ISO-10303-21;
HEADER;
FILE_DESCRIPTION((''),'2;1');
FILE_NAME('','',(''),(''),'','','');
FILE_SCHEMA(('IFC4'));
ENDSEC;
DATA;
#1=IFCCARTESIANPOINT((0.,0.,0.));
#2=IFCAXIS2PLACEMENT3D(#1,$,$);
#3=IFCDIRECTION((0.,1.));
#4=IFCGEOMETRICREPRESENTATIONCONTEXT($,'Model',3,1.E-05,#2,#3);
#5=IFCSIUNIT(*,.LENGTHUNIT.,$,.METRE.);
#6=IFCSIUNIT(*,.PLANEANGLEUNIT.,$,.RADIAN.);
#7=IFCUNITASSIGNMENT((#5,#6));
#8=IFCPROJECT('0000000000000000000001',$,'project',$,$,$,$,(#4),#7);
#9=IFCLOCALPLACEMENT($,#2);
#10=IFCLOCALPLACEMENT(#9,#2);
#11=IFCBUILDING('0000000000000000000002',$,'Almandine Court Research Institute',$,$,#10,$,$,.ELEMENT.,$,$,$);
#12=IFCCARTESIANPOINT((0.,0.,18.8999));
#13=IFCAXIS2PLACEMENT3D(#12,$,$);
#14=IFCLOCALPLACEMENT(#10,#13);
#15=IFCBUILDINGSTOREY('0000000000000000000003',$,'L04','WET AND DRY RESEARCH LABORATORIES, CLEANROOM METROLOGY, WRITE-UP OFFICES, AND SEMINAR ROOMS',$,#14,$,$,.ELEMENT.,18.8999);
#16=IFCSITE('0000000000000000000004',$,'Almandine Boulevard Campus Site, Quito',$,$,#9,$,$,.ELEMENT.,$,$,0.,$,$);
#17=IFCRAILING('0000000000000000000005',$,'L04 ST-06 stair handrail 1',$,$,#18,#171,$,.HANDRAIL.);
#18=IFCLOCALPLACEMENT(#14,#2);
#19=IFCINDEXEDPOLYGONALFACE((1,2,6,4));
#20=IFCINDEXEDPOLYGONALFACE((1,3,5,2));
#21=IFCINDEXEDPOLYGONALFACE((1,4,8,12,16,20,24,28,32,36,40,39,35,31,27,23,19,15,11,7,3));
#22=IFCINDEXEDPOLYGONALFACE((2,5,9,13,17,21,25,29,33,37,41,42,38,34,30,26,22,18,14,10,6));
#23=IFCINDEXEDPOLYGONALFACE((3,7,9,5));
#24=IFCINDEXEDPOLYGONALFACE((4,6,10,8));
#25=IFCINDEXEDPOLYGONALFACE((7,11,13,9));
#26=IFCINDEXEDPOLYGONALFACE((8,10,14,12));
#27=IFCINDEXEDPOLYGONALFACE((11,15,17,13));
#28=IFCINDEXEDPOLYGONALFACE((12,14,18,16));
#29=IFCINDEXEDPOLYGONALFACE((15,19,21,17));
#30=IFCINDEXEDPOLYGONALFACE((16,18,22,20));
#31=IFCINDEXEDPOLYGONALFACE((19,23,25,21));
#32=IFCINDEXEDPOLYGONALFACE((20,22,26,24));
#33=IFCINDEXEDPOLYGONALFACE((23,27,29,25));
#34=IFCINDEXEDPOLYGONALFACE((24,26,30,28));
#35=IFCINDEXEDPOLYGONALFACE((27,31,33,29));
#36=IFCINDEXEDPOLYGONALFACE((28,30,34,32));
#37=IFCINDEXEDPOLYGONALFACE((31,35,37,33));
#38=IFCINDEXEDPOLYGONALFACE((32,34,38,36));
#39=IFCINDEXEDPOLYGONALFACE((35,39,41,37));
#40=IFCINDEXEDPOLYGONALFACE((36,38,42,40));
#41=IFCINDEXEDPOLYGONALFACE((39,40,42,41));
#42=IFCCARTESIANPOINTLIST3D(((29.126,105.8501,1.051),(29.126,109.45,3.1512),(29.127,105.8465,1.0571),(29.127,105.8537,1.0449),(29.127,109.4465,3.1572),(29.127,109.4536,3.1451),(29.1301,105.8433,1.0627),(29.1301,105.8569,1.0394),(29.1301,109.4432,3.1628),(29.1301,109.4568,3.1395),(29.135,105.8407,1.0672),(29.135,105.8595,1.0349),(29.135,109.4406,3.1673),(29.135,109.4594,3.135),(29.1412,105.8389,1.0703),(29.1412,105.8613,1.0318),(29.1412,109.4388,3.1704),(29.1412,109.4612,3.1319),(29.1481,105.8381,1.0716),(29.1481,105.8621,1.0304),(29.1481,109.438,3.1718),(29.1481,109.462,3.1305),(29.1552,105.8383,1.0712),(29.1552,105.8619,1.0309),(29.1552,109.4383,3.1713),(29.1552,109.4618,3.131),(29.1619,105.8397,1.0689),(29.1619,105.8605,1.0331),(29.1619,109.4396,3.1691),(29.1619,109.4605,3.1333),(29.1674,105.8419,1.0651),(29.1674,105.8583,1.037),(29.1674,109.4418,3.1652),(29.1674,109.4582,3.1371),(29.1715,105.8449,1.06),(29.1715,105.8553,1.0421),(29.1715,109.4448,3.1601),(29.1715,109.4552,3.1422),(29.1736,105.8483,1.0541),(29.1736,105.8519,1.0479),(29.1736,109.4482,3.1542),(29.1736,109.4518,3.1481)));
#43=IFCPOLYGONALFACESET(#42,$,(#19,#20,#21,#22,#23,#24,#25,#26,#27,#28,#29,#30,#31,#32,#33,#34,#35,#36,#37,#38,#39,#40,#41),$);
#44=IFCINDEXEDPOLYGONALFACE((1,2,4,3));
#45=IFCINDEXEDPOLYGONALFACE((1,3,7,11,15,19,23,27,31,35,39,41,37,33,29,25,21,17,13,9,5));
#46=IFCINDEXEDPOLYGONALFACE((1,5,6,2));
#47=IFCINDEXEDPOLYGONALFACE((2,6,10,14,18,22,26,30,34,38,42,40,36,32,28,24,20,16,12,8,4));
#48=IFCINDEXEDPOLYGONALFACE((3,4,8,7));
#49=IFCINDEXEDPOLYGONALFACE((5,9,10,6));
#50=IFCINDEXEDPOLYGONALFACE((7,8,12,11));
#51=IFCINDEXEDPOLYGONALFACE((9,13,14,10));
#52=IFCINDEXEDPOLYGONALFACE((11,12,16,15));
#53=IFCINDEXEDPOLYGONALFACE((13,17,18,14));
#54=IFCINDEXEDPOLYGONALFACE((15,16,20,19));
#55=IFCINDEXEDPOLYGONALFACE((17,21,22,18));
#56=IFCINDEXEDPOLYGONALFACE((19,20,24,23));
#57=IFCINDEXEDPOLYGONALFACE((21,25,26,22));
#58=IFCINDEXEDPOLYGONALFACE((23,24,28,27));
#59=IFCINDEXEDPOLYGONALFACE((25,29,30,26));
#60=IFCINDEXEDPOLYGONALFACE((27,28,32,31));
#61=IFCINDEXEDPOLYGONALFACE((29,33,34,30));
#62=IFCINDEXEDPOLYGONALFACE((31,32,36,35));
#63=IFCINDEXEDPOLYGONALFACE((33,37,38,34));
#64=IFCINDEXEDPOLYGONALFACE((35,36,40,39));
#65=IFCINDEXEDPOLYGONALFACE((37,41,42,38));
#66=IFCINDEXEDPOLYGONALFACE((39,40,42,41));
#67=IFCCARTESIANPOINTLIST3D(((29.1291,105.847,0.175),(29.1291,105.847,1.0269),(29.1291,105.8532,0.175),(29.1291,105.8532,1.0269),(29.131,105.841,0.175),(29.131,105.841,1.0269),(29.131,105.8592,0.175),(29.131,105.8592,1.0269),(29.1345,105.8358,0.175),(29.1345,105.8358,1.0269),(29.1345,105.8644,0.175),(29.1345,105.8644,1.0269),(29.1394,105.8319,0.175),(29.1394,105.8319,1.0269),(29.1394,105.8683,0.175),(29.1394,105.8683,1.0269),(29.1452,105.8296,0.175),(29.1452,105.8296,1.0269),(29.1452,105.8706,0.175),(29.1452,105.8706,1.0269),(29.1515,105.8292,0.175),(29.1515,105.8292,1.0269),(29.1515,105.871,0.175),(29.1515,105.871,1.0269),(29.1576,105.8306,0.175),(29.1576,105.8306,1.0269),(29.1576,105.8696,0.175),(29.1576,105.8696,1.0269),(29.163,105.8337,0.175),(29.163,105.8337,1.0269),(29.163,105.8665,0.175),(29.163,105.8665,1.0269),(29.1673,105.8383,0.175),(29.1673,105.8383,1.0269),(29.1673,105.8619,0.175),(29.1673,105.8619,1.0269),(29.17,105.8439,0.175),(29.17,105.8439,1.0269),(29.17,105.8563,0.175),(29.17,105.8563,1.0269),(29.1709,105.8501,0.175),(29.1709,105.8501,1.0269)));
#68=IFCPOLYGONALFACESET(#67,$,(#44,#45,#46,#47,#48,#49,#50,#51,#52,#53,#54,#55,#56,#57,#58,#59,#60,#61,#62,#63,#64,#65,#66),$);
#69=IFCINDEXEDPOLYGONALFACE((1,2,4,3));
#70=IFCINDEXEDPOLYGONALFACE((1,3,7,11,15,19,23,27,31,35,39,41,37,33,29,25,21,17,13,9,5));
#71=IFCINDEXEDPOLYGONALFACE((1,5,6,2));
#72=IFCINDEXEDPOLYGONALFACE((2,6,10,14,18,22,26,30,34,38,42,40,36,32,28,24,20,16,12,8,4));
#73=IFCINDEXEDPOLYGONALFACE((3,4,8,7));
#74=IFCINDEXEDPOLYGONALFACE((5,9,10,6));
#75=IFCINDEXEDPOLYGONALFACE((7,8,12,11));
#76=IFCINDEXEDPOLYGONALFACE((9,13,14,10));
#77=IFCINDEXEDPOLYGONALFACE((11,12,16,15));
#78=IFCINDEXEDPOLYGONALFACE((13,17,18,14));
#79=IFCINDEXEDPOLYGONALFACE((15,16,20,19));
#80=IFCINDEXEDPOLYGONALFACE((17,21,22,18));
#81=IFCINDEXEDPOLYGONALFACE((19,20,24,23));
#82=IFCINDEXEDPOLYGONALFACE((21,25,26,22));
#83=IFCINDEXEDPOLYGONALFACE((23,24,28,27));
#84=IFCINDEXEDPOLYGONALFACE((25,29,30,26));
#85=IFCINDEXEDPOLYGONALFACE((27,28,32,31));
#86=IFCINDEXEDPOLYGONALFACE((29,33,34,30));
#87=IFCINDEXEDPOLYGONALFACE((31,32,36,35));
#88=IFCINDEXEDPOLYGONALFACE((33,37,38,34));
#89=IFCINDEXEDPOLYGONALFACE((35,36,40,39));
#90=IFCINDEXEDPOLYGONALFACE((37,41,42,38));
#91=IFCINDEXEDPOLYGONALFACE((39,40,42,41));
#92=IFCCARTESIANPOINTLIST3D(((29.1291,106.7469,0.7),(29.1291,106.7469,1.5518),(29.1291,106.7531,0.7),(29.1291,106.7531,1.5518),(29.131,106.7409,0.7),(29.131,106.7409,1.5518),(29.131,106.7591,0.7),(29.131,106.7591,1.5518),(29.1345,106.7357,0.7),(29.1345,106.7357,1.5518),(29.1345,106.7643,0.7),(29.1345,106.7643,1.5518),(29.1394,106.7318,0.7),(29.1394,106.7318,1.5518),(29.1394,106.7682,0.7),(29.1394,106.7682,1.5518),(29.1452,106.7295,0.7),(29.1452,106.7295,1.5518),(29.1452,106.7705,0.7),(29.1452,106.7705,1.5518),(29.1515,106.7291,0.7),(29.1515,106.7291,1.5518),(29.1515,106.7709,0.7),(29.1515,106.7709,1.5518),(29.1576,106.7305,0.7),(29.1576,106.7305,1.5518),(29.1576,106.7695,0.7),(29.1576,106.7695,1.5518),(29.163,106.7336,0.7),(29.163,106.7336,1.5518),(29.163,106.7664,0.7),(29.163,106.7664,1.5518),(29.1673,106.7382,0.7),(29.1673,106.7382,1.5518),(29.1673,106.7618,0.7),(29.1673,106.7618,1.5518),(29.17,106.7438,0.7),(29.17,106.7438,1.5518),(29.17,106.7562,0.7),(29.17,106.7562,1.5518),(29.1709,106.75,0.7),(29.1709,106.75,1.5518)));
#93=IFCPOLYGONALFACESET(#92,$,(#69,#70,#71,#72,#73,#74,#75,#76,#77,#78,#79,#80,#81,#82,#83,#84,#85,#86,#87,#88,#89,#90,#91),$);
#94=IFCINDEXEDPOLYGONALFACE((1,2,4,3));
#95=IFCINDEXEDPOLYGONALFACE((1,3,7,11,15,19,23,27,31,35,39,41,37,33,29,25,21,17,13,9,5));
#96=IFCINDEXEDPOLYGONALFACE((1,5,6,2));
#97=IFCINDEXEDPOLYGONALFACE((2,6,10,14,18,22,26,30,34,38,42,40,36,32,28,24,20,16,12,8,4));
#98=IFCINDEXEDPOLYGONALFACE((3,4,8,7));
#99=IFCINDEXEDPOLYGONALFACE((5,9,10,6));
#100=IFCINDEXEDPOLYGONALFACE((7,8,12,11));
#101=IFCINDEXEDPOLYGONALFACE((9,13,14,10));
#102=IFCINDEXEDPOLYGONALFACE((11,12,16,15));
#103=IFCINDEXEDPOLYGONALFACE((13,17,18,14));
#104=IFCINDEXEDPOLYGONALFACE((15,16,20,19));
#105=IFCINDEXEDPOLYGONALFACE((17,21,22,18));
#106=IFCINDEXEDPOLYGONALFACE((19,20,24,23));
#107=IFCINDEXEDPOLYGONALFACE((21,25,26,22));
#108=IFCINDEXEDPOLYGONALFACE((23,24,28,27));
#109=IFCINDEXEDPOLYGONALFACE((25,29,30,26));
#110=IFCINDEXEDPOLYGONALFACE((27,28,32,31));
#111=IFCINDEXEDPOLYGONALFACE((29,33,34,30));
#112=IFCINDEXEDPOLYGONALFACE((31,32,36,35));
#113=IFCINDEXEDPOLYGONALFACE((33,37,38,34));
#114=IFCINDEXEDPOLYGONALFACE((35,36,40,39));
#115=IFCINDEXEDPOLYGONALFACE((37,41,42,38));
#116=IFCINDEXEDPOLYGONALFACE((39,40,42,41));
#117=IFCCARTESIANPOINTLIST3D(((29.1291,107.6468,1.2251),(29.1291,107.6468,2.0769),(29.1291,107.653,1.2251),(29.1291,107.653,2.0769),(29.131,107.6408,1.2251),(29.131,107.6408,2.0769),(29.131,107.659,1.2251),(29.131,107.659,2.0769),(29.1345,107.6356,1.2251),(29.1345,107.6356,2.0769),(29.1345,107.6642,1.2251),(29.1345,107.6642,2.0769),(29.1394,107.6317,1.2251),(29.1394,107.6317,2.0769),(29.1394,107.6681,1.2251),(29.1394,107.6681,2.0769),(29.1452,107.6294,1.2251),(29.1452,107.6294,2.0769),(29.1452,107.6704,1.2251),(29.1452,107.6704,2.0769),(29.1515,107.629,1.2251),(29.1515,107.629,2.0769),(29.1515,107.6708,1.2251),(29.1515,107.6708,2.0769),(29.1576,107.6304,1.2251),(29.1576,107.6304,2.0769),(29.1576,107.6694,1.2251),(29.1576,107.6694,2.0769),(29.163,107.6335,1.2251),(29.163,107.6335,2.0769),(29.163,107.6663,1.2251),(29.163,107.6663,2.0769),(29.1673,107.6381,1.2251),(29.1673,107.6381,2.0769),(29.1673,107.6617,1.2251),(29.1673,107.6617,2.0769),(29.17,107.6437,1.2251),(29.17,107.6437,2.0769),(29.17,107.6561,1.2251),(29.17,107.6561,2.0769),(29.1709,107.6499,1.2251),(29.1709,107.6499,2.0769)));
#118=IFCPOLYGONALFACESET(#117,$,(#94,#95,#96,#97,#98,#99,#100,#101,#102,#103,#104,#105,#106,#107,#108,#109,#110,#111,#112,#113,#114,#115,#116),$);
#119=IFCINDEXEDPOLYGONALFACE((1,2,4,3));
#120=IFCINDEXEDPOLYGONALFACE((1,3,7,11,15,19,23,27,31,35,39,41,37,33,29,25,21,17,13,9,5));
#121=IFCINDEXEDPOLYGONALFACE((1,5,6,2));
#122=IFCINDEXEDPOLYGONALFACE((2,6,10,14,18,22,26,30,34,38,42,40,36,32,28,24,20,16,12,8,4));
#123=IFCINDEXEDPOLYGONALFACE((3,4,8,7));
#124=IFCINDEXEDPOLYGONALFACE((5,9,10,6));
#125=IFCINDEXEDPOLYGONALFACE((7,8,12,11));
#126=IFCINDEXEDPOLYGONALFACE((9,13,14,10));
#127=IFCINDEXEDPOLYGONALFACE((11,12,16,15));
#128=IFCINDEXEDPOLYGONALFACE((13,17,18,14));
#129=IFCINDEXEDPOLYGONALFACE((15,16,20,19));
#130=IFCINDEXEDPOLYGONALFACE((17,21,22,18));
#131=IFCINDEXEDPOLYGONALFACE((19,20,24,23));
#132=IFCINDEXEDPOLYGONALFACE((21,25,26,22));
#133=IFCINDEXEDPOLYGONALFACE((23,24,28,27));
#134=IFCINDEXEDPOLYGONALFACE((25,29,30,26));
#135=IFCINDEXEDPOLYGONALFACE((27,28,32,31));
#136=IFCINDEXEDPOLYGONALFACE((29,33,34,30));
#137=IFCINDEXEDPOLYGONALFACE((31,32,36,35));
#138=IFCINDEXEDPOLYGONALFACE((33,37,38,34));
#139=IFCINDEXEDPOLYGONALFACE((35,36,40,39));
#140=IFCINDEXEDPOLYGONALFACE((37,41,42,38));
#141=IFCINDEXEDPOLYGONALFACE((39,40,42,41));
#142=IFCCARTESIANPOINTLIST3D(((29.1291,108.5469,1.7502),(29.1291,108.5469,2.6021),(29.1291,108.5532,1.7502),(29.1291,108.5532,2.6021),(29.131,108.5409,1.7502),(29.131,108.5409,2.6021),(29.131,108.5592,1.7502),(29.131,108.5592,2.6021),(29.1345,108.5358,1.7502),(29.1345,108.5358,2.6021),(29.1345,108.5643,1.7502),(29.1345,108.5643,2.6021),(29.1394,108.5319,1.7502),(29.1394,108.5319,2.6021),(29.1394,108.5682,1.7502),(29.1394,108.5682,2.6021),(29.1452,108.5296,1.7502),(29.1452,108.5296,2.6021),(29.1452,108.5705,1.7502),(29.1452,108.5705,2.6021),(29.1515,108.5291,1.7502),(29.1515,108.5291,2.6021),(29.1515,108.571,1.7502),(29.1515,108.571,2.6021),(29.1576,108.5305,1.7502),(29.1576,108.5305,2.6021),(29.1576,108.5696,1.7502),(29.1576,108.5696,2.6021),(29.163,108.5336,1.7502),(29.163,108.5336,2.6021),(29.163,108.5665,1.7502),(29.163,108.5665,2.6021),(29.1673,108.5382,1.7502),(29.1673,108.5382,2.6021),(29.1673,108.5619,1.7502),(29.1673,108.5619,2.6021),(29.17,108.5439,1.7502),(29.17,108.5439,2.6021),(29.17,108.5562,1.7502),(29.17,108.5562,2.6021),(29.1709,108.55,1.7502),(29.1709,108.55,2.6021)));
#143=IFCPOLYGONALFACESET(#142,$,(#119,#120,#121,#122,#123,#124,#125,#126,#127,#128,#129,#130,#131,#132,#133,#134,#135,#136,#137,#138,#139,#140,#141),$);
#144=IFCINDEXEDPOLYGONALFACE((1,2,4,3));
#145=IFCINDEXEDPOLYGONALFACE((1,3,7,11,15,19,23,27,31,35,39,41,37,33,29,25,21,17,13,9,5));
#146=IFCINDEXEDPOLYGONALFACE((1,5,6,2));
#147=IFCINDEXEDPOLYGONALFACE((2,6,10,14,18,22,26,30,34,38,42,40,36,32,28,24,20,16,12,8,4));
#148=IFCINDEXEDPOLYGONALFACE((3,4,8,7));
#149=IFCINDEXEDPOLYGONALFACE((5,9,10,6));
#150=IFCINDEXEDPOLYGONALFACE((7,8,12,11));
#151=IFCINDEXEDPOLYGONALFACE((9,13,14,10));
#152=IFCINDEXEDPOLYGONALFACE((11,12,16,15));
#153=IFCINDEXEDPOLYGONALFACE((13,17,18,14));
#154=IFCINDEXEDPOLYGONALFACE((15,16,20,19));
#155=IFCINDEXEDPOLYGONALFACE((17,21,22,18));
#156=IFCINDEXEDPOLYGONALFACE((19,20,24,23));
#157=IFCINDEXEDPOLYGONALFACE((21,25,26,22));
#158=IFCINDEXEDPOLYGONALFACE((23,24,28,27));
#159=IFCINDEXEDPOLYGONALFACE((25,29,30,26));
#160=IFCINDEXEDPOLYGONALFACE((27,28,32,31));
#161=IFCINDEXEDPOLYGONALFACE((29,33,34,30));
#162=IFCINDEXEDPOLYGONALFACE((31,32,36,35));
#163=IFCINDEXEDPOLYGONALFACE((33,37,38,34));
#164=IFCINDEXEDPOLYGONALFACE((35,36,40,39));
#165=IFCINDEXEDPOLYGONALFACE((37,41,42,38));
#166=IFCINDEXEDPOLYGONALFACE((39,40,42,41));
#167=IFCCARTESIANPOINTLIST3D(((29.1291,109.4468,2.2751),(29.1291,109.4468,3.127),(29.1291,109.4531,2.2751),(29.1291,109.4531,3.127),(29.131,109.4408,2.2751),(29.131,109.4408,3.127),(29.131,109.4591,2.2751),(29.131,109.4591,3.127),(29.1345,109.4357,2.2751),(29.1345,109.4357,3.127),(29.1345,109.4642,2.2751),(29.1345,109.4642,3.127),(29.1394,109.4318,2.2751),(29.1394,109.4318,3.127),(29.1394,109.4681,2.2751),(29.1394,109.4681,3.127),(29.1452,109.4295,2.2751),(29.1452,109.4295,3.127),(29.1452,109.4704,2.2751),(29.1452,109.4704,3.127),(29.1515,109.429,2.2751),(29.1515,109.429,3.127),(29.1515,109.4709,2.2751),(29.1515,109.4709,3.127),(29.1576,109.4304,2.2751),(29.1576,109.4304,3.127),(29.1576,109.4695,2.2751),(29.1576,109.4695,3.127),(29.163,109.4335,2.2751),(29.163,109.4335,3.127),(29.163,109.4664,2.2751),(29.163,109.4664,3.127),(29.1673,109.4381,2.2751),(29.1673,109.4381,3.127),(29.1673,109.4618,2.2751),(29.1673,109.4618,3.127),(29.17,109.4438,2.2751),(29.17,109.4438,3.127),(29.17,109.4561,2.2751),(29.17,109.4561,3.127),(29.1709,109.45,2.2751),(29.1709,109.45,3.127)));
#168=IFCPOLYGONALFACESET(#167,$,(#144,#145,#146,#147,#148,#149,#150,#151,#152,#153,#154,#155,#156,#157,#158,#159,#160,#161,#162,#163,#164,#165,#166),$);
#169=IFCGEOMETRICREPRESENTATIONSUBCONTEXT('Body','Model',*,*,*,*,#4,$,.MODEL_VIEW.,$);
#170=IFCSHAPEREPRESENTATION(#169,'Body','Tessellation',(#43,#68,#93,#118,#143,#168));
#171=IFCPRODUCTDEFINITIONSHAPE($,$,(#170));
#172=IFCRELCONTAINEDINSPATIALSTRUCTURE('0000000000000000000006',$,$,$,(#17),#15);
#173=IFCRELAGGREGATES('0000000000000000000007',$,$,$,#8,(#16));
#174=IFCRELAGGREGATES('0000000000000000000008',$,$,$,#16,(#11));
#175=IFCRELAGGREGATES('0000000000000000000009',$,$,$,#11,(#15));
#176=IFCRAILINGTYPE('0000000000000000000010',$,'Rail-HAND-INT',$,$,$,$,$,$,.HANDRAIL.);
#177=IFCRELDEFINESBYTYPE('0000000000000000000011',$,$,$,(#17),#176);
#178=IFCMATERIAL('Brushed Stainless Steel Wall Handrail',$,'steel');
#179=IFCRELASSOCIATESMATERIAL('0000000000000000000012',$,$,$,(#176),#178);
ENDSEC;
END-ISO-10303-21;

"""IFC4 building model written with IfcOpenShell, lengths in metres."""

from ifc_helpers import new_model, si_unit, direction, frame, origin, origin_2d, place, context, subcontext, project, spatial, circle, extrude, material, type_object, element, save


model = new_model("IFC4")

# Units and contexts
model_context = context("Model", 3, precision=1e-05, world=origin(), true_north=direction((0.0, 1.0)))
body_context = subcontext(model_context, "Body", "Model", "MODEL_VIEW")
ifc_project = project(units=[si_unit("LENGTHUNIT", "METRE"), si_unit("PLANEANGLEUNIT", "RADIAN")], contexts=[model_context])

# Site, building, storey
site_placement = place(None, origin())
site = spatial("IfcSite", under=ifc_project, at=site_placement, Name="Almandine Boulevard Campus Site, Quito", CompositionType="ELEMENT", RefElevation=0.0)
building_placement = place(site_placement, origin())
building = spatial("IfcBuilding", under=site, at=building_placement, Name="Almandine Court Research Institute", CompositionType="ELEMENT")
storey_placement = place(building_placement, frame((0.0, 0.0, 18.8999)))
storey = spatial("IfcBuildingStorey", under=building, at=storey_placement, Name="L04", Description="WET AND DRY RESEARCH LABORATORIES, CLEANROOM METROLOGY, WRITE-UP OFFICES, AND SEMINAR ROOMS", CompositionType="ELEMENT", Elevation=18.8999)

# Railing
ifc_material_1 = material(Name="Brushed Stainless Steel Wall Handrail", Category="steel")
railing_type_1 = type_object("IfcRailingType", Name="Rail-HAND-INT", PredefinedType="HANDRAIL", material=ifc_material_1)
railing_1_placement = place(storey_placement, frame((29.1499, 105.8501, 0.175)))
element("IfcRailing", 1, at=railing_1_placement, inside=storey, type_object=railing_type_1, Name="L04 ST-06 stair handrail 1", PredefinedType="HANDRAIL", context=body_context, shape_type="SweptSolid", body=[
    extrude(circle(Radius=0.0239, at=origin_2d()), frame((0.0, 0.0, 0.876), z_axis=(0.0, 0.86376, 0.503904), x_axis=(-1.0, 0.0, 0.0)), (0.0, 0.0, 1.0), 4.1677),
    extrude(circle(Radius=0.021, at=origin_2d()), origin(), (0.0, 0.0, 1.0), 0.8518),
    extrude(circle(Radius=0.021, at=origin_2d()), frame((0.0, 0.8999, 0.5249)), (0.0, 0.0, 1.0), 0.8518),
    extrude(circle(Radius=0.021, at=origin_2d()), frame((0.0, 1.7998, 1.05)), (0.0, 0.0, 1.0), 0.8518),
    extrude(circle(Radius=0.021, at=origin_2d()), frame((0.0, 2.7, 1.5752)), (0.0, 0.0, 1.0), 0.8518),
    extrude(circle(Radius=0.021, at=origin_2d()), frame((0.0, 3.5999, 2.1001)), (0.0, 0.0, 1.0), 0.8518),
])

save(model, "model.ifc")
